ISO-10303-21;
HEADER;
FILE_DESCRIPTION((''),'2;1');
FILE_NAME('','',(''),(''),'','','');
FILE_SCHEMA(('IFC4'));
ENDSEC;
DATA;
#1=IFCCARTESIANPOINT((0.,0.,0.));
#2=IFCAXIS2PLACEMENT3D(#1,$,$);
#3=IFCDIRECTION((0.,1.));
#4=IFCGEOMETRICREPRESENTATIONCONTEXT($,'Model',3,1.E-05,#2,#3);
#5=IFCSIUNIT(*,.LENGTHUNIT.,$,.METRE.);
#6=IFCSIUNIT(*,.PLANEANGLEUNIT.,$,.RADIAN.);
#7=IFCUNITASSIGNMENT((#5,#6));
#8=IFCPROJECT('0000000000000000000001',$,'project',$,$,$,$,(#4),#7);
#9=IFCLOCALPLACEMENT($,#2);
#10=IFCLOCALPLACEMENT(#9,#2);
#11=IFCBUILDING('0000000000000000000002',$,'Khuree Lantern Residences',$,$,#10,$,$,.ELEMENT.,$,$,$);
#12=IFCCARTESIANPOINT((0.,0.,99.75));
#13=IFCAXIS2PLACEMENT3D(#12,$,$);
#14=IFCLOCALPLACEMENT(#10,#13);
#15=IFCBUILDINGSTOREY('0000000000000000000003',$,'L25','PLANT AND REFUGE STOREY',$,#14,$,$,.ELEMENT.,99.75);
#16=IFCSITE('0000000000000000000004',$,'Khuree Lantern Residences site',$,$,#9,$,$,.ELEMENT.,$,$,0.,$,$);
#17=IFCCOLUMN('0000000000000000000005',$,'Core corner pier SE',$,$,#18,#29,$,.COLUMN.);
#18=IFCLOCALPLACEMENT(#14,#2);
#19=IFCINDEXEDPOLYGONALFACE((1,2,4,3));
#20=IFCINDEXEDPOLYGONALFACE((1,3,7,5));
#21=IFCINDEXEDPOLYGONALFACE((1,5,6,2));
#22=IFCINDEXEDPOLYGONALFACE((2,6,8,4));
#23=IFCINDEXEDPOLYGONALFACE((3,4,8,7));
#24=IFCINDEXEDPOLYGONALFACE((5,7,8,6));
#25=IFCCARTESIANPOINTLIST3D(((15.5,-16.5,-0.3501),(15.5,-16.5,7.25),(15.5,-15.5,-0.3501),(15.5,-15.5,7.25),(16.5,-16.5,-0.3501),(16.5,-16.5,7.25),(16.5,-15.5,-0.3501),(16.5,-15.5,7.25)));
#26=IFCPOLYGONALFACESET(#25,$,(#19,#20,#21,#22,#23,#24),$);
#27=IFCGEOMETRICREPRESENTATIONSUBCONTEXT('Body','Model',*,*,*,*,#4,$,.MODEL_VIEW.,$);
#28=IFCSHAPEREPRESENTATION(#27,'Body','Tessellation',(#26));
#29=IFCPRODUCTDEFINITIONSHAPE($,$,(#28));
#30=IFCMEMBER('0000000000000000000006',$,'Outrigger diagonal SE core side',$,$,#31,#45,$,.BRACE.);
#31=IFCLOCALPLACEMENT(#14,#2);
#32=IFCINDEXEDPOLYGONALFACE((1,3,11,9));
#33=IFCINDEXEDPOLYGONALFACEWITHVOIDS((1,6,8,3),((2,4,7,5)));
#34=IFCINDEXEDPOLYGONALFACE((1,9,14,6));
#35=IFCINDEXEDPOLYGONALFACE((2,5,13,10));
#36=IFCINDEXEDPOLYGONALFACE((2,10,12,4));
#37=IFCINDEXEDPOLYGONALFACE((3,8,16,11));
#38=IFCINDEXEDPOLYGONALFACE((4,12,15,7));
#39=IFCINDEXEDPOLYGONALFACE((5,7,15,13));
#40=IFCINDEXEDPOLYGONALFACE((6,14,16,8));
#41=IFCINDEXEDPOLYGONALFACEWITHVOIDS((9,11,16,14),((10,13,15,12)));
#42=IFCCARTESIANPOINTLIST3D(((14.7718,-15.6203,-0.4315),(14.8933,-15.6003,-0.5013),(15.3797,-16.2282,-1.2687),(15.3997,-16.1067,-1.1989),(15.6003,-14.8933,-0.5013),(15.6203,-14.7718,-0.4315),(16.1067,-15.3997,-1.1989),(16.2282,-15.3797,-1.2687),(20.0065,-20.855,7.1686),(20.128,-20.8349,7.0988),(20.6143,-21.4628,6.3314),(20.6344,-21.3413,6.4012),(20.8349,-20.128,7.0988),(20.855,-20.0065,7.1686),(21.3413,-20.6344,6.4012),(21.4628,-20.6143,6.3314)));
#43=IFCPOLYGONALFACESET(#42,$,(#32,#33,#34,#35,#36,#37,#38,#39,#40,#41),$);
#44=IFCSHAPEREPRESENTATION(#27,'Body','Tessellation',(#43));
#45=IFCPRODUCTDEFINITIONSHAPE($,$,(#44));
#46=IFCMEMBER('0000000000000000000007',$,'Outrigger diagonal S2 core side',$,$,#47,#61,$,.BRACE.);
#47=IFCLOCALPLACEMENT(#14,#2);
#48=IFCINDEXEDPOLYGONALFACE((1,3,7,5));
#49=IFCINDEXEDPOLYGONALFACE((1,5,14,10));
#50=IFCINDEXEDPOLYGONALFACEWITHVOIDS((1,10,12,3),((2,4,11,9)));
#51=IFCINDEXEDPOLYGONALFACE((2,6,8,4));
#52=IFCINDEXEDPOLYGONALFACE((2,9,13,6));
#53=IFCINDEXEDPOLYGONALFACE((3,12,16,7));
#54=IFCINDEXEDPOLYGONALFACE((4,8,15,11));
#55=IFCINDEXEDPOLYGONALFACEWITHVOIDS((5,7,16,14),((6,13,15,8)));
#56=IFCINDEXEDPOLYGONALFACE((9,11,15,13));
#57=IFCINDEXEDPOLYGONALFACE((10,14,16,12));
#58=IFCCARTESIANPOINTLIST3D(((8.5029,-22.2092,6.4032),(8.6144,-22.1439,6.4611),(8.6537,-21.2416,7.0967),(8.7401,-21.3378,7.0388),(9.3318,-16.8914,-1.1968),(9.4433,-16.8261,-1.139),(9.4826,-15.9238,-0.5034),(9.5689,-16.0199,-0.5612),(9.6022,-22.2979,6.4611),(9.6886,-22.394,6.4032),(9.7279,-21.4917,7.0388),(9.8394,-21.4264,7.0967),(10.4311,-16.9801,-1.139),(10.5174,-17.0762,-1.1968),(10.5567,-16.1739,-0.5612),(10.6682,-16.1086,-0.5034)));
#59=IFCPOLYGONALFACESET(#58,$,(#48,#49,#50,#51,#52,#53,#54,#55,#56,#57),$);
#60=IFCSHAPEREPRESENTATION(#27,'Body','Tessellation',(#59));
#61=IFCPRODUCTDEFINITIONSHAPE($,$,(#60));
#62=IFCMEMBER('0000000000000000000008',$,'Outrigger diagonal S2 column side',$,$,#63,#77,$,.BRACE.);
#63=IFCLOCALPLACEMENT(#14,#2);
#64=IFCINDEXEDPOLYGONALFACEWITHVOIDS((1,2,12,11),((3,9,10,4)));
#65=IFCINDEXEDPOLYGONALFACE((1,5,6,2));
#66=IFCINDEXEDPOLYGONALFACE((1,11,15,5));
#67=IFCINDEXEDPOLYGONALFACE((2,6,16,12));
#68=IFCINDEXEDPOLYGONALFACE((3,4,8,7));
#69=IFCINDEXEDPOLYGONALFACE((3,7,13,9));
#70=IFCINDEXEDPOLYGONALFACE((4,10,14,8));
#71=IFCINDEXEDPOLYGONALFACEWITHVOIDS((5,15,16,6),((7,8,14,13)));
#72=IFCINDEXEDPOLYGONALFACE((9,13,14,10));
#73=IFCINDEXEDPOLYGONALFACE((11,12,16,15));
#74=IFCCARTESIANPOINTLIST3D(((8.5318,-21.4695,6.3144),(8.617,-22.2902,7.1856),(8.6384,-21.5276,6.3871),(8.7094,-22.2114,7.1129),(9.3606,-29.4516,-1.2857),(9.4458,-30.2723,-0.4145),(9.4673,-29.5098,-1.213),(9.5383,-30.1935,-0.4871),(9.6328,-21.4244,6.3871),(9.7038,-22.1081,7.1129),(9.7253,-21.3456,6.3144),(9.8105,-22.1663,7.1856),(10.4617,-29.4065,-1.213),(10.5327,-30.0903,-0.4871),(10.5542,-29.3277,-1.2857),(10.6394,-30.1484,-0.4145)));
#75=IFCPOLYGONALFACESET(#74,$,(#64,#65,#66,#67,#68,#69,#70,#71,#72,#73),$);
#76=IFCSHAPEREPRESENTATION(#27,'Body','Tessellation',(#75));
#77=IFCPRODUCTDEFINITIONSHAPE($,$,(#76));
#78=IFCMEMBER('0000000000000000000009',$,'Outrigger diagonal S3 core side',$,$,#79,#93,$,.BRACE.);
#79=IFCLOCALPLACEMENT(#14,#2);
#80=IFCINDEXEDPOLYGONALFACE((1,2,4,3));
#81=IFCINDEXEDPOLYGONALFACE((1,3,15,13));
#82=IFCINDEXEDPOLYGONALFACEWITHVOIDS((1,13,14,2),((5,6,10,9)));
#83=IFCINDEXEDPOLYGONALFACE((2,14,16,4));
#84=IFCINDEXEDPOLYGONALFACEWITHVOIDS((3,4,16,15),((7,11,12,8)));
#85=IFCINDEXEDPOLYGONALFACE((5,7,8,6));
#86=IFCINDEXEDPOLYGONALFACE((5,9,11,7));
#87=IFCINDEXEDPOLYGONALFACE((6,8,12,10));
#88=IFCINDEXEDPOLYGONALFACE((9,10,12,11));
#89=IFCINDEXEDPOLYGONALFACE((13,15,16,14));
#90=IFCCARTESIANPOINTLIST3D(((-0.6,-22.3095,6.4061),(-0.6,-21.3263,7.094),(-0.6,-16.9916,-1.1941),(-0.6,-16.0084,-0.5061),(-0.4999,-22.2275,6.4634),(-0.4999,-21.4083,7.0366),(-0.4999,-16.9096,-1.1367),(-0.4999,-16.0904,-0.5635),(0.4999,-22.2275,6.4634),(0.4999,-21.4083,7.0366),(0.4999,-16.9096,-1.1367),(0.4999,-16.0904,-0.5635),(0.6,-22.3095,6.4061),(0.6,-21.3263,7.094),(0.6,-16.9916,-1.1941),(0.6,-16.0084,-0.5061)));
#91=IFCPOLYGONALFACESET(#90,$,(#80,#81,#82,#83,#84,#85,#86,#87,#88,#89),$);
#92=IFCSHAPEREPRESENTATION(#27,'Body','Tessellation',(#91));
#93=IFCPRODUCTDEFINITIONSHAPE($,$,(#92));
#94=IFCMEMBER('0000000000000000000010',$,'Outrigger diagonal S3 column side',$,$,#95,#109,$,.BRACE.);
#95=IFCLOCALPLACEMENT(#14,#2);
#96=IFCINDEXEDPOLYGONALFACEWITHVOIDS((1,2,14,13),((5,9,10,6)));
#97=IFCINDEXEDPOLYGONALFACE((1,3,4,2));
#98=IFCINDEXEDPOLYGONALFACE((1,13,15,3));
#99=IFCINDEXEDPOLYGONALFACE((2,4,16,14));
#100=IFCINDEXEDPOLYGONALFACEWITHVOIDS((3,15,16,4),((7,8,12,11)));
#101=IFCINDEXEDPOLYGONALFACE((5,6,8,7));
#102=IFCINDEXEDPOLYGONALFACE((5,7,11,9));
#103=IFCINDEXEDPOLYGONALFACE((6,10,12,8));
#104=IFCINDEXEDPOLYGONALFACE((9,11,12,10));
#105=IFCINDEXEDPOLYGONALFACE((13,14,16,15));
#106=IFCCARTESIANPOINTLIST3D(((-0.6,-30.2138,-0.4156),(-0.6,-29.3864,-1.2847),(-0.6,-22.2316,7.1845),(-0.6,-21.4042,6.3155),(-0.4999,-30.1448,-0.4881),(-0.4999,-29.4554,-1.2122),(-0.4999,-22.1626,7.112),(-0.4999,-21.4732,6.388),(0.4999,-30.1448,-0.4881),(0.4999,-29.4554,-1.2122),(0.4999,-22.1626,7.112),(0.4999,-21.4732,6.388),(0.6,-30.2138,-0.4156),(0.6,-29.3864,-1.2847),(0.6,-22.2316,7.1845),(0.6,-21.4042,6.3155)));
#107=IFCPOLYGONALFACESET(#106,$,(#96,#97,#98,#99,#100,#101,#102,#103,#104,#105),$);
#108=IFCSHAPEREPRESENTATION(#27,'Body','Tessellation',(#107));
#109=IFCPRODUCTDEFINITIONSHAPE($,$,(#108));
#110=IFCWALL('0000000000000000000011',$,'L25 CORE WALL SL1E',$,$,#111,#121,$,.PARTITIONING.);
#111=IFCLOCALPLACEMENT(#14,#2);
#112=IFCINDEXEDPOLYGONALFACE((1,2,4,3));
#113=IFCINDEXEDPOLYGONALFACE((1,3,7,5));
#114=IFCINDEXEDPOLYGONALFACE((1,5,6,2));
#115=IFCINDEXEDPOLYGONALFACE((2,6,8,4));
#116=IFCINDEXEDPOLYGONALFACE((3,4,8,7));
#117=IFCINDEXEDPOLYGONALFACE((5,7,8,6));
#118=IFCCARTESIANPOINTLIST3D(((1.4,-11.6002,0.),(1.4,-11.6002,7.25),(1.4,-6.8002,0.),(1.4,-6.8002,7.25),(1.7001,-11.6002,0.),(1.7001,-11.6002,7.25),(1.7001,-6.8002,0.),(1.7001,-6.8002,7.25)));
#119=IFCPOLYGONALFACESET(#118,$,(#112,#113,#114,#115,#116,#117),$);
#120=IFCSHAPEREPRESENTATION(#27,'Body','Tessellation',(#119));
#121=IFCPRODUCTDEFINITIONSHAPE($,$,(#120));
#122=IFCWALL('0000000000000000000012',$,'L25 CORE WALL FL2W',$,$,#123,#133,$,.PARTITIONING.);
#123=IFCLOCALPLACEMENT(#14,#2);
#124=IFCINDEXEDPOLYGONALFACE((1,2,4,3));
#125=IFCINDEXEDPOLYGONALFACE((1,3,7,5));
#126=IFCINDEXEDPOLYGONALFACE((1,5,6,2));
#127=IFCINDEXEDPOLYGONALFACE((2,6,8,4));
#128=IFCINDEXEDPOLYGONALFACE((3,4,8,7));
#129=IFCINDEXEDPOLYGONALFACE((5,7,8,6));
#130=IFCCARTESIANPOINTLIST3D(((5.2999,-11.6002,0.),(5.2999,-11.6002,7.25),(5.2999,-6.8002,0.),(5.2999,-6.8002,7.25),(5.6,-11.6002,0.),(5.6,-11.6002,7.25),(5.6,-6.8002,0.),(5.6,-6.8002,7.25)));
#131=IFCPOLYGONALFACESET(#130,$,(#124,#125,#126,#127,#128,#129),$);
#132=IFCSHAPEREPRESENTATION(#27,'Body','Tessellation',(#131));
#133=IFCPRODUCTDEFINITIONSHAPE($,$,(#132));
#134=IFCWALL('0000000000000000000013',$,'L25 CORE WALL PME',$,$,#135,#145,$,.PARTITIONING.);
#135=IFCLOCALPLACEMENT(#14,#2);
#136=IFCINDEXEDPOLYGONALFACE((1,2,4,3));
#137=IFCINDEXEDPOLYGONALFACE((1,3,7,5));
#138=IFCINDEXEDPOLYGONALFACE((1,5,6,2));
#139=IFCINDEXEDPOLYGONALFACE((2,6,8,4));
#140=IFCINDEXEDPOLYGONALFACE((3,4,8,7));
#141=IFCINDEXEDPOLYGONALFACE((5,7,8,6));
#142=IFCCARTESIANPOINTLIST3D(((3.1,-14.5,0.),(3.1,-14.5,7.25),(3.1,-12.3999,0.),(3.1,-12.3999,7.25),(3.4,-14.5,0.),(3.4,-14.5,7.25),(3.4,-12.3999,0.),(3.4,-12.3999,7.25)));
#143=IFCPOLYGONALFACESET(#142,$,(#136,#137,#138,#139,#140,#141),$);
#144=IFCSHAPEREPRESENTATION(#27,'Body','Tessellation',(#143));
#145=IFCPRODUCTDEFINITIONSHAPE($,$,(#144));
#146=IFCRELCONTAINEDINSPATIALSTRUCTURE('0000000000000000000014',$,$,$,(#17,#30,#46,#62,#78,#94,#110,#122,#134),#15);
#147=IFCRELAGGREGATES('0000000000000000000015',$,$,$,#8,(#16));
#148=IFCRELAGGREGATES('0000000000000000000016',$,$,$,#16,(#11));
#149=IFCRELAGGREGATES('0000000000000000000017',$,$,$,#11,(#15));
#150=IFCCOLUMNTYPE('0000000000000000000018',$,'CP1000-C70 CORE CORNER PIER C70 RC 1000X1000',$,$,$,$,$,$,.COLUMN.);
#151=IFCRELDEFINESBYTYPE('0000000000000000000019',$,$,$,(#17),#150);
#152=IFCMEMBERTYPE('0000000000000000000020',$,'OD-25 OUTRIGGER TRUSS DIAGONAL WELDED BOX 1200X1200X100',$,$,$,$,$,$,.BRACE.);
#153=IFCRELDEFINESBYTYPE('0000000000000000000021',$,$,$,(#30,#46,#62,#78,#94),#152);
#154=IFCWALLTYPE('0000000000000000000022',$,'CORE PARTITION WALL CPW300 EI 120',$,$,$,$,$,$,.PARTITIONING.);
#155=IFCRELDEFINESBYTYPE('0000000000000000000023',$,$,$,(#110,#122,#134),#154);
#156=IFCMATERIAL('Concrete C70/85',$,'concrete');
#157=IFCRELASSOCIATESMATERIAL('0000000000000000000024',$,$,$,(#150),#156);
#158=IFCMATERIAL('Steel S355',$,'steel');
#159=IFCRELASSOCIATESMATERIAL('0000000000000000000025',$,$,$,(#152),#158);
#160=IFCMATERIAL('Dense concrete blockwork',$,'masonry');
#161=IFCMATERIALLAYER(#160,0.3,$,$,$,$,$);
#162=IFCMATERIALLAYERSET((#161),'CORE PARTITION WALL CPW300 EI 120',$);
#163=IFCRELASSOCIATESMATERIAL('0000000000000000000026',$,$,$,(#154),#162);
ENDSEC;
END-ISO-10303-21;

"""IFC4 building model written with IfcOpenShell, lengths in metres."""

from ifc_helpers import new_model, si_unit, direction, frame, frame_2d, origin, origin_2d, place, context, subcontext, project, spatial, rectangle, hollow_rectangle, extrude, material, layer, layer_set, material_profile, profile_set, type_object, element, save


model = new_model("IFC4")

# Units and contexts
model_context = context("Model", 3, precision=1e-05, world=origin(), true_north=direction((0.0, 1.0)))
body_context = subcontext(model_context, "Body", "Model", "MODEL_VIEW")
ifc_project = project(units=[si_unit("LENGTHUNIT", "METRE"), si_unit("PLANEANGLEUNIT", "RADIAN")], contexts=[model_context])

# Site, building, storey
site_placement = place(None, origin())
site = spatial("IfcSite", under=ifc_project, at=site_placement, Name="Khuree Lantern Residences site", CompositionType="ELEMENT", RefElevation=0.0)
building_placement = place(site_placement, origin())
building = spatial("IfcBuilding", under=site, at=building_placement, Name="Khuree Lantern Residences", CompositionType="ELEMENT")
storey_placement = place(building_placement, frame((0.0, 0.0, 99.75)))
storey = spatial("IfcBuildingStorey", under=building, at=storey_placement, Name="L25", Description="PLANT AND REFUGE STOREY", CompositionType="ELEMENT", Elevation=99.75)

# Column
ifc_material_1 = material(Name="Concrete C70/85", Category="concrete")
ifc_material_profile_1 = material_profile(ifc_material_1, rectangle(XDim=1.0, YDim=1.0, at=origin_2d()), Name="RC 1000X1000")
ifc_profile_set_1 = profile_set([ifc_material_profile_1], Name="Concrete C70/85")
column_type = type_object("IfcColumnType", Name="CP1000-C70 CORE CORNER PIER C70 RC 1000X1000", PredefinedType="COLUMN", material=ifc_profile_set_1)
column_placement = place(storey_placement, frame((16.0, -16.0, -0.3501), z_axis=(0.0, 0.0, 1.0), x_axis=(1.0, 0.0, 0.0)))
element("IfcColumn", 1, at=column_placement, inside=storey, type_object=column_type, Name="Core corner pier SE", PredefinedType="COLUMN", context=body_context, shape_type="SweptSolid", body=[
    extrude(rectangle(XDim=1.0, YDim=1.0, at=origin_2d()), origin(), (0.0, 0.0, 1.0), 7.6001),
])

# Members
ifc_material_2 = material(Name="Steel S355", Category="steel")
ifc_material_profile_2 = material_profile(ifc_material_2, hollow_rectangle(XDim=1.2, YDim=1.2, WallThickness=0.1001, at=origin_2d()), Name="WELDED BOX 1200X1200X100")
ifc_profile_set_2 = profile_set([ifc_material_profile_2], Name="Steel S355")
member_type = type_object("IfcMemberType", Name="OD-25 OUTRIGGER TRUSS DIAGONAL WELDED BOX 1200X1200X100", PredefinedType="BRACE", material=ifc_profile_set_2)
member_1_placement = place(storey_placement, frame((15.5, -15.5, -0.8501), z_axis=(0.493384, -0.493384, 0.71634), x_axis=(0.707107, 0.707107, 0.0)))
element("IfcMember", 2, at=member_1_placement, inside=storey, type_object=member_type, Name="Outrigger diagonal SE core side", PredefinedType="BRACE", context=body_context, shape_type="SweptSolid", body=[
    extrude(hollow_rectangle(XDim=1.2, YDim=1.2, WallThickness=0.1001, at=origin_2d()), origin(), (0.0, 0.0, 1.0), 10.6096),
])
member_2_placement = place(storey_placement, frame((10.0, -16.5, -0.8501), z_axis=(-0.089002, -0.571028, 0.816092), x_axis=(0.98807, -0.154003, 0.0)))
element("IfcMember", 3, at=member_2_placement, inside=storey, type_object=member_type, Name="Outrigger diagonal S2 core side", PredefinedType="BRACE", context=body_context, shape_type="SweptSolid", body=[
    extrude(hollow_rectangle(XDim=1.2, YDim=1.2, WallThickness=0.1001, at=origin_2d()), origin(), (0.0, 0.0, 1.0), 9.3127),
])
member_3_placement = place(storey_placement, frame((9.1711, -21.8179, 6.75), z_axis=(0.074991, -0.722188, -0.687619), x_axis=(0.994652, 0.103283, 0.0)))
element("IfcMember", 4, at=member_3_placement, inside=storey, type_object=member_type, Name="Outrigger diagonal S2 column side", PredefinedType="BRACE", context=body_context, shape_type="SweptSolid", body=[
    extrude(hollow_rectangle(XDim=1.2, YDim=1.2, WallThickness=0.1001, at=origin_2d()), origin(), (0.0, 0.0, 1.0), 11.0527),
])
member_4_placement = place(storey_placement, frame((0.0, -16.5, -0.8501), z_axis=(0.0, -0.573303, 0.819343), x_axis=(1.0, 0.0, 0.0)))
element("IfcMember", 5, at=member_4_placement, inside=storey, type_object=member_type, Name="Outrigger diagonal S3 core side", PredefinedType="BRACE", context=body_context, shape_type="SweptSolid", body=[
    extrude(hollow_rectangle(XDim=1.2, YDim=1.2, WallThickness=0.1001, at=origin_2d()), origin(), (0.0, 0.0, 1.0), 9.2759),
])
member_5_placement = place(storey_placement, frame((0.0, -21.8179, 6.75), z_axis=(0.0, -0.724227, -0.689561), x_axis=(1.0, 0.0, 0.0)))
element("IfcMember", 6, at=member_5_placement, inside=storey, type_object=member_type, Name="Outrigger diagonal S3 column side", PredefinedType="BRACE", context=body_context, shape_type="SweptSolid", body=[
    extrude(hollow_rectangle(XDim=1.2, YDim=1.2, WallThickness=0.1001, at=origin_2d()), origin(), (0.0, 0.0, 1.0), 11.0217),
])

# Walls
ifc_material_3 = material(Name="Dense concrete blockwork", Category="masonry")
ifc_layer_1 = layer(ifc_material_3, 0.3)
ifc_layer_set_1 = layer_set([ifc_layer_1], Name="CORE PARTITION WALL CPW300 EI 120")
wall_type_1 = type_object("IfcWallType", Name="CORE PARTITION WALL CPW300 EI 120", PredefinedType="PARTITIONING", material=ifc_layer_set_1)
for number, where, z_axis, x_axis, name in (
    (7, (1.55, -11.6001, 0.0), (0.0, 0.0, 1.0), (0.0, 1.0, 0.0), "L25 CORE WALL SL1E"),
    (8, (5.45, -11.6001, 0.0), (0.0, 0.0, 1.0), (0.0, 1.0, 0.0), "L25 CORE WALL FL2W"),
):
    element("IfcWall", number, at=place(storey_placement, frame(where, z_axis=z_axis, x_axis=x_axis)), inside=storey, type_object=wall_type_1, Name=name, PredefinedType="PARTITIONING", context=body_context, shape_type="SweptSolid", body=[
        extrude(rectangle(XDim=4.8, YDim=0.3, at=frame_2d((2.3999, 0.0))), origin(), (0.0, 0.0, 1.0), 7.25),
    ])
wall_1_placement = place(storey_placement, frame((3.25, -14.5, 0.0), z_axis=(0.0, 0.0, 1.0), x_axis=(0.0, 1.0, 0.0)))
element("IfcWall", 9, at=wall_1_placement, inside=storey, type_object=wall_type_1, Name="L25 CORE WALL PME", PredefinedType="PARTITIONING", context=body_context, shape_type="SweptSolid", body=[
    extrude(rectangle(XDim=2.1001, YDim=0.3, at=frame_2d((1.05, 0.0))), origin(), (0.0, 0.0, 1.0), 7.25),
])

save(model, "model.ifc")
